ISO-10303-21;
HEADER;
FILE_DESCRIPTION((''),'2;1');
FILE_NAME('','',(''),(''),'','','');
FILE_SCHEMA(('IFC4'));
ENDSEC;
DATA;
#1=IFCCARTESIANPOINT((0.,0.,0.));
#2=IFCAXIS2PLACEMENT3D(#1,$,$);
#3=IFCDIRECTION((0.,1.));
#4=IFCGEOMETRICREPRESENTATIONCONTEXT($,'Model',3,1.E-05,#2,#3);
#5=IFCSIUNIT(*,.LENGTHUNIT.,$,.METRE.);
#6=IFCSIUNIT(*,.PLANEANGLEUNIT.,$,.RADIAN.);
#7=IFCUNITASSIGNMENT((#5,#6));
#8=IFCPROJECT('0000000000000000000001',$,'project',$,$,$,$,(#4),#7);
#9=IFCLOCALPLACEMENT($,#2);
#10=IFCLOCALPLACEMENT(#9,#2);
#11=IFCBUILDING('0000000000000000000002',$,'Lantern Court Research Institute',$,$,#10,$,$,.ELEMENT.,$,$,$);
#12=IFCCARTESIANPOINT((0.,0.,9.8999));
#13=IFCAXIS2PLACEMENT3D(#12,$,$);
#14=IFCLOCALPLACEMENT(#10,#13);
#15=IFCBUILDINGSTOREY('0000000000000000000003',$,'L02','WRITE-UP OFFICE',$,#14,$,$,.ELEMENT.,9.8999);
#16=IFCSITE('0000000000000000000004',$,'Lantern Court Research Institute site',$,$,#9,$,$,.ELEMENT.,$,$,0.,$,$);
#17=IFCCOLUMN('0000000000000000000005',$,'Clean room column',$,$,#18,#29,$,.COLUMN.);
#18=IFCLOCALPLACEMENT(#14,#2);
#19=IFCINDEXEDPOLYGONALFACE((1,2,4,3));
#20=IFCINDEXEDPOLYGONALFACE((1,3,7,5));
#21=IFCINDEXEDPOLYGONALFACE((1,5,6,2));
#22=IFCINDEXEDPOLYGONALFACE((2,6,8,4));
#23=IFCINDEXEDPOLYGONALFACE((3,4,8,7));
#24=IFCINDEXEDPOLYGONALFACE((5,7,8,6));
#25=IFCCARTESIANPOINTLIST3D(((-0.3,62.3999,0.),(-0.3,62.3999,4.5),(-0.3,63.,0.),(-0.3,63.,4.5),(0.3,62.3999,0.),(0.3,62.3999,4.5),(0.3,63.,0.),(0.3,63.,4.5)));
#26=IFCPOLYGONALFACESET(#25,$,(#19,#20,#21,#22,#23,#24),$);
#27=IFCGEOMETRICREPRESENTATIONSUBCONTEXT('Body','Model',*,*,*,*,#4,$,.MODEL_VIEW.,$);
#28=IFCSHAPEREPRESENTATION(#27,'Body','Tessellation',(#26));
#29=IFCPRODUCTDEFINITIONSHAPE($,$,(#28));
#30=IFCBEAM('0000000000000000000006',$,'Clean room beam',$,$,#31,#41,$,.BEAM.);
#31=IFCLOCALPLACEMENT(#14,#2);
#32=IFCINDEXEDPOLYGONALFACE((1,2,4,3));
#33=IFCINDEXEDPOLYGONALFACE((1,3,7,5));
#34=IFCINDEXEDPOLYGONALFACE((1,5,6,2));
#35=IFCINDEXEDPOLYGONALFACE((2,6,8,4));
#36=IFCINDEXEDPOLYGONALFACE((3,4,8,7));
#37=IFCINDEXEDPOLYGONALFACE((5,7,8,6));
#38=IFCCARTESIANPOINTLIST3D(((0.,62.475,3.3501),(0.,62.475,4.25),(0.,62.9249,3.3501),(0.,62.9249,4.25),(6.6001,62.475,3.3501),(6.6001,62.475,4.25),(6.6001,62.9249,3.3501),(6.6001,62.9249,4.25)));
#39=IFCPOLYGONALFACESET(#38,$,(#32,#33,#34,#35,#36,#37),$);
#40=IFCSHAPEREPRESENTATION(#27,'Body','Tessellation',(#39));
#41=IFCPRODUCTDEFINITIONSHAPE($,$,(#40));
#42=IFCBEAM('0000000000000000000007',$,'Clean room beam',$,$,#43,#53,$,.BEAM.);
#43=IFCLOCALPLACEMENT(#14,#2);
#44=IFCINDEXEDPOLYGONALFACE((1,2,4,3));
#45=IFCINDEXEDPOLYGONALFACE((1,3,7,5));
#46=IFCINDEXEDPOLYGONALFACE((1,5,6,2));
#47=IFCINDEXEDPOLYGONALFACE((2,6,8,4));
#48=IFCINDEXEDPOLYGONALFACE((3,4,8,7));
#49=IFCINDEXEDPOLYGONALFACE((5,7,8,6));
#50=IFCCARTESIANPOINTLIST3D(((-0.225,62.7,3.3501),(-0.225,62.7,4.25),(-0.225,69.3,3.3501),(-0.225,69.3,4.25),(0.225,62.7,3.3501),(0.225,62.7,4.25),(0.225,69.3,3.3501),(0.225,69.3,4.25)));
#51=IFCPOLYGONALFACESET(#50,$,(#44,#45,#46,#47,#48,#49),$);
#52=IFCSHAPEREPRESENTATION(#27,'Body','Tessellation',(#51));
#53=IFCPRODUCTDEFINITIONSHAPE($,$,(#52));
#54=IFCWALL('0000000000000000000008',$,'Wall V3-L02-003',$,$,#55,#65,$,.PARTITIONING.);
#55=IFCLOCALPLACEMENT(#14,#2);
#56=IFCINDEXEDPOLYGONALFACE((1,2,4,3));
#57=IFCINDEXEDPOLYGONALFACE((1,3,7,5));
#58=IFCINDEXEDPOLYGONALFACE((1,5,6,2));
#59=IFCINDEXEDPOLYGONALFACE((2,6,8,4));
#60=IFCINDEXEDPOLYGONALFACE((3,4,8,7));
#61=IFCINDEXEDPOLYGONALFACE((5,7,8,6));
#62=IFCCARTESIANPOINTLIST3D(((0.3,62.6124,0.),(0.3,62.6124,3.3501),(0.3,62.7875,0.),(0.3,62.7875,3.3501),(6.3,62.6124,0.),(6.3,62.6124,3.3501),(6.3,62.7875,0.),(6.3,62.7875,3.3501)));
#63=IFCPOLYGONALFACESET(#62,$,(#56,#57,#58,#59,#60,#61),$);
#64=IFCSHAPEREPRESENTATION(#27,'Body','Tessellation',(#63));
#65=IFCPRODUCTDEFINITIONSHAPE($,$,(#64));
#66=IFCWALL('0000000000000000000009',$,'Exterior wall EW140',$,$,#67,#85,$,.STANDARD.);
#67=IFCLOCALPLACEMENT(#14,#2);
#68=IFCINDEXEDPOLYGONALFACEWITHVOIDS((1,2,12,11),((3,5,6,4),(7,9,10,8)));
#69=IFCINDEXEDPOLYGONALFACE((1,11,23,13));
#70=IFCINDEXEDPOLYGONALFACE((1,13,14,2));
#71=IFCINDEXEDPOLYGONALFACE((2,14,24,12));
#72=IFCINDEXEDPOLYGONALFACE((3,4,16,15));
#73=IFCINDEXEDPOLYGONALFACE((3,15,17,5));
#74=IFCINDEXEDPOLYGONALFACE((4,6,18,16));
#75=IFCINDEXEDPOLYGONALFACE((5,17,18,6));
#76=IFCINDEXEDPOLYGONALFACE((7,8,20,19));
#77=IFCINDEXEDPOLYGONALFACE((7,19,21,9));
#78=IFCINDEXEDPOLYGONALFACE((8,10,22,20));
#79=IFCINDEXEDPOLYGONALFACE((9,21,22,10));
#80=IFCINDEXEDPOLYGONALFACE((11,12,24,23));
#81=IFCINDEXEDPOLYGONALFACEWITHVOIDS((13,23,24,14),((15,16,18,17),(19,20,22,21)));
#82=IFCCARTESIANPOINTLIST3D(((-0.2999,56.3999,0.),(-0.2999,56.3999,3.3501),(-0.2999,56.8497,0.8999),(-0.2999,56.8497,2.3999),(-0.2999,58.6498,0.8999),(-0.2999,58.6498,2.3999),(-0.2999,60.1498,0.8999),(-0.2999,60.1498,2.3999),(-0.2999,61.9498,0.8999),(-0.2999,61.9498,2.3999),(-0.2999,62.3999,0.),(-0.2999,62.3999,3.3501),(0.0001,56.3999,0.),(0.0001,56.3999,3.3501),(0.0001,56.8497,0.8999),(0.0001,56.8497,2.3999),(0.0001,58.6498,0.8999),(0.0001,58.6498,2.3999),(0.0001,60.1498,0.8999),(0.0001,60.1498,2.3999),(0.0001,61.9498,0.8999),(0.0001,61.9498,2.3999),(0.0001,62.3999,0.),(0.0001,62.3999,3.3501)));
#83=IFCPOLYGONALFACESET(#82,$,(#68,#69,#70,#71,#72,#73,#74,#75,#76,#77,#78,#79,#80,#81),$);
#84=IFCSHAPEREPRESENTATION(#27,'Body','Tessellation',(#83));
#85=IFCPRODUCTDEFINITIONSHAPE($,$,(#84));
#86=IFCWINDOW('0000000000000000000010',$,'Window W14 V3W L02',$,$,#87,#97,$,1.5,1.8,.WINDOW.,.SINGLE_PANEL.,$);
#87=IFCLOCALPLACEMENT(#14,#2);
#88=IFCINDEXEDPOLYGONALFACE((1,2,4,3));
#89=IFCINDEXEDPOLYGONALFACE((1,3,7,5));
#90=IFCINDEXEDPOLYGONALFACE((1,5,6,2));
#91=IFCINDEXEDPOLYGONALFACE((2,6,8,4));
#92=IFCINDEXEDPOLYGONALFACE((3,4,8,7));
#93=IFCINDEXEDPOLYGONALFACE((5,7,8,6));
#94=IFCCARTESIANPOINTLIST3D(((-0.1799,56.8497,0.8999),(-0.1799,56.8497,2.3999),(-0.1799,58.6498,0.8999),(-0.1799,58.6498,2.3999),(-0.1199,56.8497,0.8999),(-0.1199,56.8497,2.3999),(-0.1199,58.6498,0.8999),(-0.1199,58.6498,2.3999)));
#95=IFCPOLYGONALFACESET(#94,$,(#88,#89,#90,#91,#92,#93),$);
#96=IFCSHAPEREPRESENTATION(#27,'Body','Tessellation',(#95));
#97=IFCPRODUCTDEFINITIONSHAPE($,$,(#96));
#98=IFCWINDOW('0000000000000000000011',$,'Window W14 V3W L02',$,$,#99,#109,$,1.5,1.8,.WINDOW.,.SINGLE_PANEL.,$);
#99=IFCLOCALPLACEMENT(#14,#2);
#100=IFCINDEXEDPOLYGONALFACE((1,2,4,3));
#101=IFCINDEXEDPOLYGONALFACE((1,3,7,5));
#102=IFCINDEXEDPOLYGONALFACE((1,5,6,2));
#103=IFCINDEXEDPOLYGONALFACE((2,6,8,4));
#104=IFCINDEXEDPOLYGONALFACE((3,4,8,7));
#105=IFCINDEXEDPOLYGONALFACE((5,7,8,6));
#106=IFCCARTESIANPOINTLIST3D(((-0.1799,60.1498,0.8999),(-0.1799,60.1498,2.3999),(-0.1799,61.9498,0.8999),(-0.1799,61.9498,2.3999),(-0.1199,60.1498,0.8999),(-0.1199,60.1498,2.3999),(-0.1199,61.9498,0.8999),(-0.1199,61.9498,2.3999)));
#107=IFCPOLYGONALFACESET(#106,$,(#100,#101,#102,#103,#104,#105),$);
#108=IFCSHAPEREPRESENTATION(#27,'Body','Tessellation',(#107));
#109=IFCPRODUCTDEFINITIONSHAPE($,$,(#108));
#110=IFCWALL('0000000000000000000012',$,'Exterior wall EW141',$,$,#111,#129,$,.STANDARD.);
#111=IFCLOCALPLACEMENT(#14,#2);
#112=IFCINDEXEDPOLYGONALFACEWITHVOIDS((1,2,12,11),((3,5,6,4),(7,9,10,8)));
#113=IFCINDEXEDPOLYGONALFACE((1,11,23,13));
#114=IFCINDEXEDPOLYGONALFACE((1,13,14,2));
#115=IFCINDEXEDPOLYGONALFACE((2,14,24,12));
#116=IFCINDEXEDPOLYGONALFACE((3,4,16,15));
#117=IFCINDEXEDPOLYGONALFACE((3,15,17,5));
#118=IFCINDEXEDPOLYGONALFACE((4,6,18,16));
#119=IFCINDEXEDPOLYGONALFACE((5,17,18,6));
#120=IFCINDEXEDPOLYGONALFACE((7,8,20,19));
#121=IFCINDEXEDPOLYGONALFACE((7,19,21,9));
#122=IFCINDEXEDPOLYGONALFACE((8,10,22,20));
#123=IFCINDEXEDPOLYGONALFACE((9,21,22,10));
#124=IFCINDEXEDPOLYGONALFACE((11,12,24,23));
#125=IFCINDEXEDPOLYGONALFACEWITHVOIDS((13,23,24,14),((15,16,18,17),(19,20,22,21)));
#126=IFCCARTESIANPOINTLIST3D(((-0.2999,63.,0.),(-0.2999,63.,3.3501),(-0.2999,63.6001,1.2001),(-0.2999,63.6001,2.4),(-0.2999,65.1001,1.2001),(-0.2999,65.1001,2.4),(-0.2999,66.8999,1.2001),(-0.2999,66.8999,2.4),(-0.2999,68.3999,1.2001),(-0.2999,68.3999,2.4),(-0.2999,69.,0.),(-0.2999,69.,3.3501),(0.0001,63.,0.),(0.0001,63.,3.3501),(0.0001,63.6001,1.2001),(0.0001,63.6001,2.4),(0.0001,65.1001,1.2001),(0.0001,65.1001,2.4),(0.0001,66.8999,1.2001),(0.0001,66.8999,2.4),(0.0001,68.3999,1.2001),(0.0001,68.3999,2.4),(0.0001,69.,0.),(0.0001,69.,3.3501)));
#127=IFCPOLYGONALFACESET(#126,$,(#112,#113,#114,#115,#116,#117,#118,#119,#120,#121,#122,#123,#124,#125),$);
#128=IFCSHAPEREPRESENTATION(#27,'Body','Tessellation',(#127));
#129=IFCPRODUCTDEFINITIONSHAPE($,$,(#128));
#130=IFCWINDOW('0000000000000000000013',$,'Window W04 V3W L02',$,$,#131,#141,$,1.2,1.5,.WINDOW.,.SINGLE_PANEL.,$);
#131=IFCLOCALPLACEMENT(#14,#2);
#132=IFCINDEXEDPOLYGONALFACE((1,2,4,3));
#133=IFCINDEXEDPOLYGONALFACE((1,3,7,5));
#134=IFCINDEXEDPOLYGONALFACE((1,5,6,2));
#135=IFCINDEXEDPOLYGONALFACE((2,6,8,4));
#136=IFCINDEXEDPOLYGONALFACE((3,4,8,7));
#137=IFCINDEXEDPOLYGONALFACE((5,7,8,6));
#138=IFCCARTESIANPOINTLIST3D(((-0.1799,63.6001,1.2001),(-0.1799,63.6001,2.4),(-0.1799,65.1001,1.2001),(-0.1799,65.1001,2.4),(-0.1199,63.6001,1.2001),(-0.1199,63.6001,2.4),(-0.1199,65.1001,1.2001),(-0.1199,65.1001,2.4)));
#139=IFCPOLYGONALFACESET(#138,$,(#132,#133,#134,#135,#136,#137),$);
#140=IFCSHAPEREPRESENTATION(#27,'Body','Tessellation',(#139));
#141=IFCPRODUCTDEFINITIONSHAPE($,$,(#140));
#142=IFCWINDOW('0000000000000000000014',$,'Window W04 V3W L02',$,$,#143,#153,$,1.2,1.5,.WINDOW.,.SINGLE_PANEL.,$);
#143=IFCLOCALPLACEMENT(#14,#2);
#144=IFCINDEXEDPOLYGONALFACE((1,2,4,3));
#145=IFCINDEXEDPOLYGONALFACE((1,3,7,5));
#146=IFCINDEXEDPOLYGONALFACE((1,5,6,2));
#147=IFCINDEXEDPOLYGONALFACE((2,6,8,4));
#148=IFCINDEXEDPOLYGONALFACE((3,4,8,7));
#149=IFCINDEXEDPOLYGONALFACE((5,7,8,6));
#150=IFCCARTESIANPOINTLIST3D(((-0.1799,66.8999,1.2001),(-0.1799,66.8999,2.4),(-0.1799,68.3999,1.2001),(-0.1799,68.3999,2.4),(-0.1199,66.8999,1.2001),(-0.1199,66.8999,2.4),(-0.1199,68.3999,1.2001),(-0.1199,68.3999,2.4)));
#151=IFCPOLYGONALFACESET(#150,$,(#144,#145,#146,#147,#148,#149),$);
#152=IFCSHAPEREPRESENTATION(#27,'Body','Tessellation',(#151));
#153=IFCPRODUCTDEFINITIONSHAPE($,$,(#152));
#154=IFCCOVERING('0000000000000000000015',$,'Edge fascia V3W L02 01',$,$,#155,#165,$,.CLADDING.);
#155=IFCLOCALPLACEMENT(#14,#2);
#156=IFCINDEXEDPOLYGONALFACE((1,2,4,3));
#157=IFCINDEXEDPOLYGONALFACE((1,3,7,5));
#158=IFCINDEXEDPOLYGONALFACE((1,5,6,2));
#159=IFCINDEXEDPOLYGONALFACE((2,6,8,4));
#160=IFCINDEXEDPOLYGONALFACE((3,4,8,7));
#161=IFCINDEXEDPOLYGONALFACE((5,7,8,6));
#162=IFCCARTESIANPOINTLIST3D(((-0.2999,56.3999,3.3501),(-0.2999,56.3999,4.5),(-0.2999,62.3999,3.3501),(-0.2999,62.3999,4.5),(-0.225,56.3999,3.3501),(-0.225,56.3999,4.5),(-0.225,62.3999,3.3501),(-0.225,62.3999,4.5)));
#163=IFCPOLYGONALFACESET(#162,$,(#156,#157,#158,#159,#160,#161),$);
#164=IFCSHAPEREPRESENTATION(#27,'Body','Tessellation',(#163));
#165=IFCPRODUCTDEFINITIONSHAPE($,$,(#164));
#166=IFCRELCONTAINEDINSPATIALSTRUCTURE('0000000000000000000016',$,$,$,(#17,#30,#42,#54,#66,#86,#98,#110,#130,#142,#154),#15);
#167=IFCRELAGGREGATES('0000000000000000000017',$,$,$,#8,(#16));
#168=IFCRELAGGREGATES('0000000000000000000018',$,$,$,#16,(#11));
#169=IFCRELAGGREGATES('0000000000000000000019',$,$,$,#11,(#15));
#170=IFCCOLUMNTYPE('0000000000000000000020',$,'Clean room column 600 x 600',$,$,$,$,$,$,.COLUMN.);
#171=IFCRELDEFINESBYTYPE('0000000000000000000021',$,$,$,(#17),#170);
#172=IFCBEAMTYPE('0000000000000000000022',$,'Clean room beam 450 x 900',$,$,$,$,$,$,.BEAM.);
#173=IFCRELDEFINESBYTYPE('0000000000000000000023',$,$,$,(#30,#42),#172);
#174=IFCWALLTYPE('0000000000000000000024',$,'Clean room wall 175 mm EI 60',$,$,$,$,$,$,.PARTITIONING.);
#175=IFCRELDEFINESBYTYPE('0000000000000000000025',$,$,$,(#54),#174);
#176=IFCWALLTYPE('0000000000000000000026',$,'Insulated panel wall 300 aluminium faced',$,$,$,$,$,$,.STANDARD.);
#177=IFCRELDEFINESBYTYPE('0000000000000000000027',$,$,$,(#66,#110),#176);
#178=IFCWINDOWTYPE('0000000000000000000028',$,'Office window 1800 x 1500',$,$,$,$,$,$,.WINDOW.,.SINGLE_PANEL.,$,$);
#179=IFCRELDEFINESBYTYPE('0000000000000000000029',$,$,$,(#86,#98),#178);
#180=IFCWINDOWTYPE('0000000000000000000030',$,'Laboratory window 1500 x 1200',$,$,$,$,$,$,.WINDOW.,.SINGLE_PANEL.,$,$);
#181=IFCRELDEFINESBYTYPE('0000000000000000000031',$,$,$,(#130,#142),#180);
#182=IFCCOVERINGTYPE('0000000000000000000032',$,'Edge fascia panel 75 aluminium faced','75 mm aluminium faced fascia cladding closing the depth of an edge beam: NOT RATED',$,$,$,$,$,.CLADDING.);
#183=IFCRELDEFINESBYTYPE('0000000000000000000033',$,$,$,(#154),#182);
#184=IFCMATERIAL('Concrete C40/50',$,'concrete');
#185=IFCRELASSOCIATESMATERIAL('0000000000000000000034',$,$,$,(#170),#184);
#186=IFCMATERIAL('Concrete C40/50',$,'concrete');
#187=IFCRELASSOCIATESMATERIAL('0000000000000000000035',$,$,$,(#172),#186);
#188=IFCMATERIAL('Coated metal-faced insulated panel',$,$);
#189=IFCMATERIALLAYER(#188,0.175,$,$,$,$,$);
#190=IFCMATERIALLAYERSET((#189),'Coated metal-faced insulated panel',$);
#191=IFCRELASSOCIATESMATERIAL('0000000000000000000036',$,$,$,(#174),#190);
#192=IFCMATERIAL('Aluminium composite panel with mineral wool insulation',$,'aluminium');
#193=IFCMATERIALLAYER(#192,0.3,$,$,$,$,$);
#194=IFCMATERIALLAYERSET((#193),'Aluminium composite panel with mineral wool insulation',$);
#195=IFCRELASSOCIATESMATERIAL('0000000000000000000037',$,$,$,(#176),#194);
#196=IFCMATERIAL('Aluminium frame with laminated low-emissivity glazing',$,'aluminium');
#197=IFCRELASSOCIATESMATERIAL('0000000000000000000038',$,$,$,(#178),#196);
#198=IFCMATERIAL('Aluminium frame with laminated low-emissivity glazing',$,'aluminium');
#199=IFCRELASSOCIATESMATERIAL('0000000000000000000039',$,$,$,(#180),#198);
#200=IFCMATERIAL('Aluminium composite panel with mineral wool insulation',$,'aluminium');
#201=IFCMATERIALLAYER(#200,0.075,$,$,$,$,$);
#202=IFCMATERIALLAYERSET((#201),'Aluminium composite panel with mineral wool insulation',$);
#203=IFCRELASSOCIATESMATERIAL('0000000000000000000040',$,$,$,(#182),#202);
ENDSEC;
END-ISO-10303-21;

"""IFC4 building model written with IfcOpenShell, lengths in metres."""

from ifc_helpers import new_model, si_unit, direction, frame, frame_2d, origin, origin_2d, place, context, subcontext, project, spatial, rectangle, extrude, material, layer, layer_set, material_profile, profile_set, type_object, element, fill, save


model = new_model("IFC4")

# Units and contexts
model_context = context("Model", 3, precision=1e-05, world=origin(), true_north=direction((0.0, 1.0)))
body_context = subcontext(model_context, "Body", "Model", "MODEL_VIEW")
ifc_project = project(units=[si_unit("LENGTHUNIT", "METRE"), si_unit("PLANEANGLEUNIT", "RADIAN")], contexts=[model_context])

# Site, building, storey
site_placement = place(None, origin())
site = spatial("IfcSite", under=ifc_project, at=site_placement, Name="Lantern Court Research Institute site", CompositionType="ELEMENT", RefElevation=0.0)
building_placement = place(site_placement, origin())
building = spatial("IfcBuilding", under=site, at=building_placement, Name="Lantern Court Research Institute", CompositionType="ELEMENT")
storey_placement = place(building_placement, frame((0.0, 0.0, 9.8999)))
storey = spatial("IfcBuildingStorey", under=building, at=storey_placement, Name="L02", Description="WRITE-UP OFFICE", CompositionType="ELEMENT", Elevation=9.8999)

# Column
ifc_material_1 = material(Name="Concrete C40/50", Category="concrete")
ifc_material_profile_1 = material_profile(ifc_material_1, rectangle(XDim=0.6001, YDim=0.6001, at=origin_2d()), Name="Clean room column 600 x 600")
ifc_profile_set_1 = profile_set([ifc_material_profile_1], Name="Concrete C40/50")
column_type = type_object("IfcColumnType", Name="Clean room column 600 x 600", PredefinedType="COLUMN", material=ifc_profile_set_1)
column_placement = place(storey_placement, frame((0.0, 62.7, 0.0), z_axis=(0.0, 0.0, 1.0), x_axis=(1.0, 0.0, 0.0)))
element("IfcColumn", 1, at=column_placement, inside=storey, type_object=column_type, Name="Clean room column", PredefinedType="COLUMN", context=body_context, shape_type="SweptSolid", body=[
    extrude(rectangle(XDim=0.6001, YDim=0.6001, at=origin_2d()), origin(), (0.0, 0.0, 1.0), 4.5),
])

# Beams
ifc_material_2 = material(Name="Concrete C40/50", Category="concrete")
ifc_material_profile_2 = material_profile(ifc_material_2, rectangle(XDim=0.45, YDim=0.8999, at=origin_2d()), Name="Clean room beam 450 x 900")
ifc_profile_set_2 = profile_set([ifc_material_profile_2], Name="Concrete C40/50")
beam_type = type_object("IfcBeamType", Name="Clean room beam 450 x 900", PredefinedType="BEAM", material=ifc_profile_set_2)
for number, where, z_axis, x_axis, name in (
    (2, (0.0, 62.7, 3.8), (1.0, 0.0, 0.0), (0.0, 1.0, 0.0), "Clean room beam"),
    (3, (0.0, 62.7, 3.8), (0.0, 1.0, 0.0), (-1.0, 0.0, 0.0), "Clean room beam"),
):
    element("IfcBeam", number, at=place(storey_placement, frame(where, z_axis=z_axis, x_axis=x_axis)), inside=storey, type_object=beam_type, Name=name, PredefinedType="BEAM", context=body_context, shape_type="SweptSolid", body=[
        extrude(rectangle(XDim=0.45, YDim=0.8999, at=origin_2d()), origin(), (0.0, 0.0, 1.0), 6.6001),
    ])

# Wall
ifc_material_3 = material(Name="Coated metal-faced insulated panel")
ifc_layer_1 = layer(ifc_material_3, 0.175)
ifc_layer_set_1 = layer_set([ifc_layer_1], Name="Coated metal-faced insulated panel")
wall_type_1 = type_object("IfcWallType", Name="Clean room wall 175 mm EI 60", PredefinedType="PARTITIONING", material=ifc_layer_set_1)
wall_1_placement = place(storey_placement, frame((0.3, 62.7, 0.0), z_axis=(0.0, 0.0, 1.0), x_axis=(1.0, 0.0, 0.0)))
element("IfcWall", 4, at=wall_1_placement, inside=storey, type_object=wall_type_1, Name="Wall V3-L02-003", PredefinedType="PARTITIONING", context=body_context, shape_type="SweptSolid", body=[
    extrude(rectangle(XDim=6.0, YDim=0.175, at=frame_2d((3.0, 0.0))), origin(), (0.0, 0.0, 1.0), 3.3501),
])

# Walls, openings, windows
ifc_material_4 = material(Name="Aluminium composite panel with mineral wool insulation", Category="aluminium")
ifc_layer_2 = layer(ifc_material_4, 0.3)
ifc_layer_set_2 = layer_set([ifc_layer_2], Name="Aluminium composite panel with mineral wool insulation")
wall_type_2 = type_object("IfcWallType", Name="Insulated panel wall 300 aluminium faced", PredefinedType="STANDARD", material=ifc_layer_set_2)
wall_2_placement = place(storey_placement, frame((-0.1499, 56.3999, 0.0), z_axis=(0.0, 0.0, 1.0), x_axis=(0.0, 1.0, 0.0)))
wall_2 = element("IfcWall", 5, at=wall_2_placement, inside=storey, type_object=wall_type_2, Name="Exterior wall EW140", PredefinedType="STANDARD", context=body_context, shape_type="SweptSolid", body=[
    extrude(rectangle(XDim=6.0, YDim=0.3, at=frame_2d((3.0, 0.0))), origin(), (0.0, 0.0, 1.0), 3.3501),
])
opening_1_placement = place(wall_2_placement, frame((0.45, 0.0, 0.8999)))
opening_1 = element("IfcOpeningElement", 6, at=opening_1_placement, cuts=wall_2, PredefinedType="OPENING", context=body_context, shape_type="SweptSolid", body=[
    extrude(rectangle(XDim=1.8, YDim=1.5, at=frame_2d((0.8999, 0.75))), frame((0.0, 0.1599, 0.0), z_axis=(0.0, -1.0, 0.0), x_axis=(1.0, 0.0, 0.0)), (0.0, 0.0, 1.0), 0.3201),
])
opening_2_placement = place(wall_2_placement, frame((3.75, 0.0, 0.8999)))
opening_2 = element("IfcOpeningElement", 7, at=opening_2_placement, cuts=wall_2, PredefinedType="OPENING", context=body_context, shape_type="SweptSolid", body=[
    extrude(rectangle(XDim=1.8, YDim=1.5, at=frame_2d((0.8999, 0.75))), frame((0.0, 0.1599, 0.0), z_axis=(0.0, -1.0, 0.0), x_axis=(1.0, 0.0, 0.0)), (0.0, 0.0, 1.0), 0.3201),
])
ifc_material_5 = material(Name="Aluminium frame with laminated low-emissivity glazing", Category="aluminium")
window_type_1 = type_object("IfcWindowType", Name="Office window 1800 x 1500", PartitioningType="SINGLE_PANEL", PredefinedType="WINDOW", material=ifc_material_5)
window_1_placement = place(opening_1_placement, origin())
window_1 = element("IfcWindow", 8, at=window_1_placement, inside=storey, type_object=window_type_1, Name="Window W14 V3W L02", OverallHeight=1.5, OverallWidth=1.8, PartitioningType="SINGLE_PANEL", PredefinedType="WINDOW", context=body_context, shape_type="SweptSolid", body=[
    extrude(rectangle(XDim=1.8, YDim=1.5, at=frame_2d((0.8999, 0.75))), frame((0.0, 0.03, 0.0), z_axis=(0.0, -1.0, 0.0), x_axis=(1.0, 0.0, 0.0)), (0.0, 0.0, 1.0), 0.0601),
])
fill(opening_1, window_1)
window_2_placement = place(opening_2_placement, origin())
window_2 = element("IfcWindow", 9, at=window_2_placement, inside=storey, type_object=window_type_1, Name="Window W14 V3W L02", OverallHeight=1.5, OverallWidth=1.8, PartitioningType="SINGLE_PANEL", PredefinedType="WINDOW", context=body_context, shape_type="SweptSolid", body=[
    extrude(rectangle(XDim=1.8, YDim=1.5, at=frame_2d((0.8999, 0.75))), frame((0.0, 0.03, 0.0), z_axis=(0.0, -1.0, 0.0), x_axis=(1.0, 0.0, 0.0)), (0.0, 0.0, 1.0), 0.0601),
])
fill(opening_2, window_2)
wall_3_placement = place(storey_placement, frame((-0.1499, 63.0, 0.0), z_axis=(0.0, 0.0, 1.0), x_axis=(0.0, 1.0, 0.0)))
wall_3 = element("IfcWall", 10, at=wall_3_placement, inside=storey, type_object=wall_type_2, Name="Exterior wall EW141", PredefinedType="STANDARD", context=body_context, shape_type="SweptSolid", body=[
    extrude(rectangle(XDim=6.0, YDim=0.3, at=frame_2d((3.0, 0.0))), origin(), (0.0, 0.0, 1.0), 3.3501),
])
opening_3_placement = place(wall_3_placement, frame((0.6001, 0.0, 1.2)))
opening_3 = element("IfcOpeningElement", 11, at=opening_3_placement, cuts=wall_3, PredefinedType="OPENING", context=body_context, shape_type="SweptSolid", body=[
    extrude(rectangle(XDim=1.5, YDim=1.2, at=frame_2d((0.75, 0.6001))), frame((0.0, 0.1599, 0.0), z_axis=(0.0, -1.0, 0.0), x_axis=(1.0, 0.0, 0.0)), (0.0, 0.0, 1.0), 0.3201),
])
opening_4_placement = place(wall_3_placement, frame((3.8999, 0.0, 1.2)))
opening_4 = element("IfcOpeningElement", 12, at=opening_4_placement, cuts=wall_3, PredefinedType="OPENING", context=body_context, shape_type="SweptSolid", body=[
    extrude(rectangle(XDim=1.5, YDim=1.2, at=frame_2d((0.75, 0.6001))), frame((0.0, 0.1599, 0.0), z_axis=(0.0, -1.0, 0.0), x_axis=(1.0, 0.0, 0.0)), (0.0, 0.0, 1.0), 0.3201),
])
ifc_material_6 = material(Name="Aluminium frame with laminated low-emissivity glazing", Category="aluminium")
window_type_2 = type_object("IfcWindowType", Name="Laboratory window 1500 x 1200", PartitioningType="SINGLE_PANEL", PredefinedType="WINDOW", material=ifc_material_6)
window_3_placement = place(opening_3_placement, origin())
window_3 = element("IfcWindow", 13, at=window_3_placement, inside=storey, type_object=window_type_2, Name="Window W04 V3W L02", OverallHeight=1.2, OverallWidth=1.5, PartitioningType="SINGLE_PANEL", PredefinedType="WINDOW", context=body_context, shape_type="SweptSolid", body=[
    extrude(rectangle(XDim=1.5, YDim=1.2, at=frame_2d((0.75, 0.6001))), frame((0.0, 0.03, 0.0), z_axis=(0.0, -1.0, 0.0), x_axis=(1.0, 0.0, 0.0)), (0.0, 0.0, 1.0), 0.0601),
])
fill(opening_3, window_3)
window_4_placement = place(opening_4_placement, origin())
window_4 = element("IfcWindow", 14, at=window_4_placement, inside=storey, type_object=window_type_2, Name="Window W04 V3W L02", OverallHeight=1.2, OverallWidth=1.5, PartitioningType="SINGLE_PANEL", PredefinedType="WINDOW", context=body_context, shape_type="SweptSolid", body=[
    extrude(rectangle(XDim=1.5, YDim=1.2, at=frame_2d((0.75, 0.6001))), frame((0.0, 0.03, 0.0), z_axis=(0.0, -1.0, 0.0), x_axis=(1.0, 0.0, 0.0)), (0.0, 0.0, 1.0), 0.0601),
])
fill(opening_4, window_4)

# Covering
ifc_material_7 = material(Name="Aluminium composite panel with mineral wool insulation", Category="aluminium")
ifc_layer_3 = layer(ifc_material_7, 0.075)
ifc_layer_set_3 = layer_set([ifc_layer_3], Name="Aluminium composite panel with mineral wool insulation")
covering_type_1 = type_object("IfcCoveringType", Name="Edge fascia panel 75 aluminium faced", Description="75 mm aluminium faced fascia cladding closing the depth of an edge beam: NOT RATED", PredefinedType="CLADDING", material=ifc_layer_set_3)
for number, where, z_axis, x_axis, name in (
    (15, (-0.2625, 56.3999, 3.3501), (0.0, 0.0, 1.0), (0.0, 1.0, 0.0), "Edge fascia V3W L02 01"),
):
    element("IfcCovering", number, at=place(storey_placement, frame(where, z_axis=z_axis, x_axis=x_axis)), inside=storey, type_object=covering_type_1, Name=name, PredefinedType="CLADDING", context=body_context, shape_type="SweptSolid", body=[
        extrude(rectangle(XDim=6.0, YDim=0.075, at=frame_2d((3.0, 0.0))), origin(), (0.0, 0.0, 1.0), 1.1499),
    ])

save(model, "model.ifc")
